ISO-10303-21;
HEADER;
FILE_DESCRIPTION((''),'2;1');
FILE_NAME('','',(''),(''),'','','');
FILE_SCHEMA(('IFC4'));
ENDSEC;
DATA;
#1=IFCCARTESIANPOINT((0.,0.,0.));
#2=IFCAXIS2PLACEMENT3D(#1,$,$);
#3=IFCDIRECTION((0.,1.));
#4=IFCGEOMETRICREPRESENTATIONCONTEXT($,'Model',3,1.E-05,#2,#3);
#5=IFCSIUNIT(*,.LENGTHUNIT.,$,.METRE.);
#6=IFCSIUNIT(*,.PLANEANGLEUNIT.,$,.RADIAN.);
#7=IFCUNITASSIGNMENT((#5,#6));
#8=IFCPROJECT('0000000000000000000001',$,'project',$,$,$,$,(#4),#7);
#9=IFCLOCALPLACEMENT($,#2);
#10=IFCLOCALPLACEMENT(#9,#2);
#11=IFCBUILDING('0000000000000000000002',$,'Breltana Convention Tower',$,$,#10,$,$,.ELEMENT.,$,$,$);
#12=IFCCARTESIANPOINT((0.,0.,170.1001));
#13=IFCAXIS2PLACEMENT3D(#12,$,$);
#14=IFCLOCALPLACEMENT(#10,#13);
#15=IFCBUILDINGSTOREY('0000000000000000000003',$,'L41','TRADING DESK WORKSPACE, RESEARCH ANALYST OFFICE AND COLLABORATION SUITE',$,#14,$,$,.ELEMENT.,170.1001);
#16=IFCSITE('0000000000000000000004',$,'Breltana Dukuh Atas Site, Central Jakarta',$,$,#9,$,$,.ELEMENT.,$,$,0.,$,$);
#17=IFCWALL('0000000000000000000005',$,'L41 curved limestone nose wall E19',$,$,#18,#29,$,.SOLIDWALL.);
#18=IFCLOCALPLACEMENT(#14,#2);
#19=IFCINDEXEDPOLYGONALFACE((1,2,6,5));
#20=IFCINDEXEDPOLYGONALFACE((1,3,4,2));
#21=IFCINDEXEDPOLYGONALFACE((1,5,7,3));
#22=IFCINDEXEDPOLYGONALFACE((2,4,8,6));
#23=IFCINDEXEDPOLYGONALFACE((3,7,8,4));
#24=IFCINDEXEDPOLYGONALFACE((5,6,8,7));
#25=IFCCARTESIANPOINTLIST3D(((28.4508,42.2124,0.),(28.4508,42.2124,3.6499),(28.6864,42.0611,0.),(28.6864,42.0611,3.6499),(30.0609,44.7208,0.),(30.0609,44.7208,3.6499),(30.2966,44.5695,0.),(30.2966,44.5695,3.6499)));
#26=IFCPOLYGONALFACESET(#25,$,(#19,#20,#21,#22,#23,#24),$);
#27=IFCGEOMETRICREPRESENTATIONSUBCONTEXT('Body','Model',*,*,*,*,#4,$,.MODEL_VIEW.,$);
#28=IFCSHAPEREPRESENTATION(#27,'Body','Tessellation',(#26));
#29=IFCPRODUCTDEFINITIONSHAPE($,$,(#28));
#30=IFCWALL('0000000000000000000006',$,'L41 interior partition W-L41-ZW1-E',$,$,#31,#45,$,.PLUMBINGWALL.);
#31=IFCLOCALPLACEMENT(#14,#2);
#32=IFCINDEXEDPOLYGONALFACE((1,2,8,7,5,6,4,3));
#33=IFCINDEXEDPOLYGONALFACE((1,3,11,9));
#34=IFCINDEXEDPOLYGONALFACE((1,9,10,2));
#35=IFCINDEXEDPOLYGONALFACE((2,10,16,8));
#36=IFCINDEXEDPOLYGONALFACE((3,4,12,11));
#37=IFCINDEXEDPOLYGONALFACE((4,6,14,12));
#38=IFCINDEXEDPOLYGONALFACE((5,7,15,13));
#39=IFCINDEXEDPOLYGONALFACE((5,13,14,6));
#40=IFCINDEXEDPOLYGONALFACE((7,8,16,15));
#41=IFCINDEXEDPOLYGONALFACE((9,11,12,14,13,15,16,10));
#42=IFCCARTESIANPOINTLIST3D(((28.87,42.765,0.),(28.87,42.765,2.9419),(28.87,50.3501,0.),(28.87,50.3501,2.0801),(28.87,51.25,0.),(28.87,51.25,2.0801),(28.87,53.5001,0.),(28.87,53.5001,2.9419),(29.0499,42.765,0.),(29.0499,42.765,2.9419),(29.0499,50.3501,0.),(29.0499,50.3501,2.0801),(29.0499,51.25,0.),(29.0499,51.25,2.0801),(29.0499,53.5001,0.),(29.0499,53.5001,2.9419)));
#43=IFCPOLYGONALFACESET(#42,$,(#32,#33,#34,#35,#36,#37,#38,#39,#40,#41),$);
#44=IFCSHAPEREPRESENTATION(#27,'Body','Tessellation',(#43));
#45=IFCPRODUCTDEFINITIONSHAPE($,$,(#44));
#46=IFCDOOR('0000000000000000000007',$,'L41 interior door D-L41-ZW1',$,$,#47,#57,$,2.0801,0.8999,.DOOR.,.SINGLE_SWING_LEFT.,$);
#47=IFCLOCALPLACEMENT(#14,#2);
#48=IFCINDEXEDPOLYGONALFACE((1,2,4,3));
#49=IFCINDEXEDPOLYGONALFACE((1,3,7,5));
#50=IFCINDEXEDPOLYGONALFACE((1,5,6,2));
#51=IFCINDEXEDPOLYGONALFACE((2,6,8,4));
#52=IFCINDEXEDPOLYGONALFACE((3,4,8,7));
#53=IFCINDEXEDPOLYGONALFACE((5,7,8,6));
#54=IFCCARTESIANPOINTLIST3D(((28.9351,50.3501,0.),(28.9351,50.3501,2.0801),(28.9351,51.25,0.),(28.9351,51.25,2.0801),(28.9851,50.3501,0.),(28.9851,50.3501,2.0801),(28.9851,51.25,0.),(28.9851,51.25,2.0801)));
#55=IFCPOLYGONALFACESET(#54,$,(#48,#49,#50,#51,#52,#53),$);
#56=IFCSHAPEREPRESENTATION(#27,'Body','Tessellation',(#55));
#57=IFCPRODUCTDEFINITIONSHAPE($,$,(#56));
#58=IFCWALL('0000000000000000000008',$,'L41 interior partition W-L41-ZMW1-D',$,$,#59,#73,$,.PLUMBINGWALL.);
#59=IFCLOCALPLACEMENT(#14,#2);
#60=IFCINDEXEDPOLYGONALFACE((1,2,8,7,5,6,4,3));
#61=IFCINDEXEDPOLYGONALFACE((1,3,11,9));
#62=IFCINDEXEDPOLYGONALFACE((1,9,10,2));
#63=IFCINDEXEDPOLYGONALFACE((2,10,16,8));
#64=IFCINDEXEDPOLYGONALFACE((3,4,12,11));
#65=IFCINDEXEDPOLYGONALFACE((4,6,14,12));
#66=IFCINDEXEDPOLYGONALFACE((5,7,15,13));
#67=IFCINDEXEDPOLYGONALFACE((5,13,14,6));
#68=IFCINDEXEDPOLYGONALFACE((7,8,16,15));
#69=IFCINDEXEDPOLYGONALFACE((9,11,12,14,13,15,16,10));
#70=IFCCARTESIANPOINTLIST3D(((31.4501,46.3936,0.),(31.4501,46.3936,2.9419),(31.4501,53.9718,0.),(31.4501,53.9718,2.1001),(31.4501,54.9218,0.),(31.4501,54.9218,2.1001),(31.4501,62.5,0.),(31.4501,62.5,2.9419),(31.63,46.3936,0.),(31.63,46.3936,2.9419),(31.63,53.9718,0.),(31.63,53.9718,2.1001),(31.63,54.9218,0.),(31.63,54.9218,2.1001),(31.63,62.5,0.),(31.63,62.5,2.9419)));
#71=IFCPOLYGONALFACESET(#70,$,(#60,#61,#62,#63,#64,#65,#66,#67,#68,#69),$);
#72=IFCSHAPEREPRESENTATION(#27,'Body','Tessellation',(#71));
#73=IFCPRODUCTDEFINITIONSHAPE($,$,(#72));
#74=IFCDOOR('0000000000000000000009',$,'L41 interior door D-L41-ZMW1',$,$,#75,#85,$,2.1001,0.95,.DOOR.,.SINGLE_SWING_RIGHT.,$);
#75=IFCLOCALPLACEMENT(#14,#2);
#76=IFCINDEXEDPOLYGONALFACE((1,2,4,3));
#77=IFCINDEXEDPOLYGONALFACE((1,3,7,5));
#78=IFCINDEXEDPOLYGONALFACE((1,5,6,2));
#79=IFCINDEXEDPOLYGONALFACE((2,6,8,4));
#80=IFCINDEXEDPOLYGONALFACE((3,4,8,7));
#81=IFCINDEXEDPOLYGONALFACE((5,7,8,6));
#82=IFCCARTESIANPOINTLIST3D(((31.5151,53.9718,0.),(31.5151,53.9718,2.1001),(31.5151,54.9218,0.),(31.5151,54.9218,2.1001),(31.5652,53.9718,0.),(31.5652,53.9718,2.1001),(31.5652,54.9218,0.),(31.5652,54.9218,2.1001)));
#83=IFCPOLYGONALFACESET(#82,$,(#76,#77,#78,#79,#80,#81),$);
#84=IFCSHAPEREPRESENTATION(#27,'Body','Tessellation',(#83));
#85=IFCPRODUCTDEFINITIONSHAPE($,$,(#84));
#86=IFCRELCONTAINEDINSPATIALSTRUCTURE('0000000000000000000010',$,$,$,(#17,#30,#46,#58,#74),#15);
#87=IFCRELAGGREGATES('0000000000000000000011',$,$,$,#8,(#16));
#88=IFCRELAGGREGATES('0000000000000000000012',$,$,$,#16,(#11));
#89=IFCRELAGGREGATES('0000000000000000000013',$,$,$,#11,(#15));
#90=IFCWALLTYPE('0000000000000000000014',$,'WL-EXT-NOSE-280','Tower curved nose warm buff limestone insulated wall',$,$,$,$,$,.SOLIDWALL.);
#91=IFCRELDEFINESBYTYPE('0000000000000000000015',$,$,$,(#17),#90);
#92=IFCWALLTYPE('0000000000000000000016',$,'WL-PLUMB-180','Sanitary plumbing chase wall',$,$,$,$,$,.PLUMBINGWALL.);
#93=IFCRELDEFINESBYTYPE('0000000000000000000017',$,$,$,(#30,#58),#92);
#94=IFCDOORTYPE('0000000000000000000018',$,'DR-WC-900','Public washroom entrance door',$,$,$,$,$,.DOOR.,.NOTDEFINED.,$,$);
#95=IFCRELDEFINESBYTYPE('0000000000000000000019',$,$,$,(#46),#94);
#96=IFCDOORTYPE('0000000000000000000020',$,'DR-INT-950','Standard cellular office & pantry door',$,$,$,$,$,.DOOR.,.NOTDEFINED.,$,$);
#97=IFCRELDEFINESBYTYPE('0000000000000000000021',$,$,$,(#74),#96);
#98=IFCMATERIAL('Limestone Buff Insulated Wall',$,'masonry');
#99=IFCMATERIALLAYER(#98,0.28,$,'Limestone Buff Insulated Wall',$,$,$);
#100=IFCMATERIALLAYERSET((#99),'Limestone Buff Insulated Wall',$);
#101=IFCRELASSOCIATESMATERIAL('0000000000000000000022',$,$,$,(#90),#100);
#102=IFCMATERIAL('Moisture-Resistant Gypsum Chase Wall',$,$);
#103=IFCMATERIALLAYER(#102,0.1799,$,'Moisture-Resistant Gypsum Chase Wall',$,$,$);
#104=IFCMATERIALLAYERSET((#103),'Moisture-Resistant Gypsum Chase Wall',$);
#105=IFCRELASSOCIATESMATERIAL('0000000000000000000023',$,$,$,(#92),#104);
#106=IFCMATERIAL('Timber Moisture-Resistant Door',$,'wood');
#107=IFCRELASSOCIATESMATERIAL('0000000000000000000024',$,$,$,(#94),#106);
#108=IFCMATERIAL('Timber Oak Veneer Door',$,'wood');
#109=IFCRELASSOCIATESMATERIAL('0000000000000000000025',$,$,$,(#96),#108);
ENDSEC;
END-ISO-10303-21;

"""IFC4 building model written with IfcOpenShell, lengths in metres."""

from ifc_helpers import new_model, si_unit, direction, frame, frame_2d, origin, place, context, subcontext, project, spatial, rectangle, extrude, source, transform, mapped, material, layer, layer_set, type_object, type_shapes, element, fill, save


model = new_model("IFC4")

# Units and contexts
model_context = context("Model", 3, precision=1e-05, world=origin(), true_north=direction((0.0, 1.0)))
body_context = subcontext(model_context, "Body", "Model", "MODEL_VIEW")
ifc_project = project(units=[si_unit("LENGTHUNIT", "METRE"), si_unit("PLANEANGLEUNIT", "RADIAN")], contexts=[model_context])

# Site, building, storey
site_placement = place(None, origin())
site = spatial("IfcSite", under=ifc_project, at=site_placement, Name="Breltana Dukuh Atas Site, Central Jakarta", CompositionType="ELEMENT", RefElevation=0.0)
building_placement = place(site_placement, origin())
building = spatial("IfcBuilding", under=site, at=building_placement, Name="Breltana Convention Tower", CompositionType="ELEMENT")
storey_placement = place(building_placement, frame((0.0, 0.0, 170.1001)))
storey = spatial("IfcBuildingStorey", under=building, at=storey_placement, Name="L41", Description="TRADING DESK WORKSPACE, RESEARCH ANALYST OFFICE AND COLLABORATION SUITE", CompositionType="ELEMENT", Elevation=170.1001)

# Shared definitions
ifc_material_1 = material(Name="Limestone Buff Insulated Wall", Category="masonry")
ifc_layer_1 = layer(ifc_material_1, 0.28, Name="Limestone Buff Insulated Wall")
ifc_layer_set_1 = layer_set([ifc_layer_1], Name="Limestone Buff Insulated Wall")
wall_type_1 = type_object("IfcWallType", Name="WL-EXT-NOSE-280", Description="Tower curved nose warm buff limestone insulated wall", PredefinedType="SOLIDWALL", material=ifc_layer_set_1)

# Wall
shared_shape_1 = source(origin(), body_context, "Body", "SweptSolid", [
    extrude(rectangle(XDim=2.9807, YDim=0.28, at=frame_2d((1.4902, 0.0))), origin(), (0.0, 0.0, 1.0), 3.6499),
])
wall_1_placement = place(storey_placement, frame((30.1787, 44.645, 0.0), z_axis=(0.0, 0.0, 1.0), x_axis=(-0.540194, -0.84154, 0.0)))
element("IfcWall", 1, at=wall_1_placement, inside=storey, type_object=wall_type_1, Name="L41 curved limestone nose wall E19", PredefinedType="SOLIDWALL", context=body_context, shape_type="MappedRepresentation", body=[
    mapped(shared_shape_1, transform((0.0, 0.0, 0.0), scale=1.0)),
])

# Walls, openings, doors
ifc_material_2 = material(Name="Moisture-Resistant Gypsum Chase Wall")
ifc_layer_2 = layer(ifc_material_2, 0.1799, Name="Moisture-Resistant Gypsum Chase Wall")
ifc_layer_set_2 = layer_set([ifc_layer_2], Name="Moisture-Resistant Gypsum Chase Wall")
wall_type_2 = type_object("IfcWallType", Name="WL-PLUMB-180", Description="Sanitary plumbing chase wall", PredefinedType="PLUMBINGWALL", material=ifc_layer_set_2)
shared_shape_2 = source(origin(), body_context, "Body", "SweptSolid", [
    extrude(rectangle(XDim=10.7351, YDim=0.1799, at=frame_2d((5.3677, 0.0))), origin(), (0.0, 0.0, 1.0), 2.9419),
])
wall_2_placement = place(storey_placement, frame((28.96, 42.7649, 0.0), z_axis=(0.0, 0.0, 1.0), x_axis=(0.0, 1.0, 0.0)))
wall_2 = element("IfcWall", 2, at=wall_2_placement, inside=storey, type_object=wall_type_2, Name="L41 interior partition W-L41-ZW1-E", PredefinedType="PLUMBINGWALL", context=body_context, shape_type="MappedRepresentation", body=[
    mapped(shared_shape_2, transform((0.0, 0.0, 0.0), scale=1.0)),
])
opening_1_placement = place(wall_2_placement, frame((7.5852, 0.0, 0.0)))
opening_1 = element("IfcOpeningElement", 3, at=opening_1_placement, cuts=wall_2, PredefinedType="OPENING", context=body_context, shape_type="SweptSolid", body=[
    extrude(rectangle(XDim=0.8999, YDim=2.0801, at=frame_2d((0.45, 1.04))), frame((0.0, 0.1001, 0.0), z_axis=(0.0, -1.0, 0.0), x_axis=(1.0, 0.0, 0.0)), (0.0, 0.0, 1.0), 0.2),
])
ifc_material_3 = material(Name="Timber Moisture-Resistant Door", Category="wood")
door_type_1 = type_object("IfcDoorType", Name="DR-WC-900", Description="Public washroom entrance door", OperationType="NOTDEFINED", PredefinedType="DOOR", material=ifc_material_3)
shared_shape_3 = source(origin(), body_context, "Body", "SweptSolid", [
    extrude(rectangle(XDim=0.8999, YDim=2.0801, at=frame_2d((0.45, 1.04))), frame((0.0, 0.0249, 0.0), z_axis=(0.0, -1.0, 0.0), x_axis=(1.0, 0.0, 0.0)), (0.0, 0.0, 1.0), 0.05),
])
type_shapes(door_type_1, [shared_shape_3])
door_1_placement = place(opening_1_placement, origin())
door_1 = element("IfcDoor", 4, at=door_1_placement, inside=storey, type_object=door_type_1, Name="L41 interior door D-L41-ZW1", OperationType="SINGLE_SWING_LEFT", OverallHeight=2.0801, OverallWidth=0.8999, PredefinedType="DOOR", context=body_context, shape_type="MappedRepresentation", body=[
    mapped(shared_shape_3, transform((0.0, 0.0, 0.0), scale=1.0)),
])
fill(opening_1, door_1)
shared_shape_4 = source(origin(), body_context, "Body", "SweptSolid", [
    extrude(rectangle(XDim=16.1064, YDim=0.1799, at=frame_2d((8.0532, 0.0))), origin(), (0.0, 0.0, 1.0), 2.9419),
])
wall_3_placement = place(storey_placement, frame((31.54, 46.3936, 0.0), z_axis=(0.0, 0.0, 1.0), x_axis=(0.0, 1.0, 0.0)))
wall_3 = element("IfcWall", 5, at=wall_3_placement, inside=storey, type_object=wall_type_2, Name="L41 interior partition W-L41-ZMW1-D", PredefinedType="PLUMBINGWALL", context=body_context, shape_type="MappedRepresentation", body=[
    mapped(shared_shape_4, transform((0.0, 0.0, 0.0), scale=1.0)),
])
opening_2_placement = place(wall_3_placement, frame((7.5781, 0.0, 0.0)))
opening_2 = element("IfcOpeningElement", 6, at=opening_2_placement, cuts=wall_3, PredefinedType="OPENING", context=body_context, shape_type="SweptSolid", body=[
    extrude(rectangle(XDim=0.95, YDim=2.1001, at=frame_2d((0.4751, 1.05))), frame((0.0, 0.1001, 0.0), z_axis=(0.0, -1.0, 0.0), x_axis=(1.0, 0.0, 0.0)), (0.0, 0.0, 1.0), 0.2),
])
ifc_material_4 = material(Name="Timber Oak Veneer Door", Category="wood")
door_type_2 = type_object("IfcDoorType", Name="DR-INT-950", Description="Standard cellular office & pantry door", OperationType="NOTDEFINED", PredefinedType="DOOR", material=ifc_material_4)
shared_shape_5 = source(origin(), body_context, "Body", "SweptSolid", [
    extrude(rectangle(XDim=0.95, YDim=2.1001, at=frame_2d((0.4751, 1.05))), frame((0.0, 0.0249, 0.0), z_axis=(0.0, -1.0, 0.0), x_axis=(1.0, 0.0, 0.0)), (0.0, 0.0, 1.0), 0.05),
])
type_shapes(door_type_2, [shared_shape_5])
door_2_placement = place(opening_2_placement, origin())
door_2 = element("IfcDoor", 7, at=door_2_placement, inside=storey, type_object=door_type_2, Name="L41 interior door D-L41-ZMW1", OperationType="SINGLE_SWING_RIGHT", OverallHeight=2.1001, OverallWidth=0.95, PredefinedType="DOOR", context=body_context, shape_type="MappedRepresentation", body=[
    mapped(shared_shape_5, transform((0.0, 0.0, 0.0), scale=1.0)),
])
fill(opening_2, door_2)

save(model, "model.ifc")
